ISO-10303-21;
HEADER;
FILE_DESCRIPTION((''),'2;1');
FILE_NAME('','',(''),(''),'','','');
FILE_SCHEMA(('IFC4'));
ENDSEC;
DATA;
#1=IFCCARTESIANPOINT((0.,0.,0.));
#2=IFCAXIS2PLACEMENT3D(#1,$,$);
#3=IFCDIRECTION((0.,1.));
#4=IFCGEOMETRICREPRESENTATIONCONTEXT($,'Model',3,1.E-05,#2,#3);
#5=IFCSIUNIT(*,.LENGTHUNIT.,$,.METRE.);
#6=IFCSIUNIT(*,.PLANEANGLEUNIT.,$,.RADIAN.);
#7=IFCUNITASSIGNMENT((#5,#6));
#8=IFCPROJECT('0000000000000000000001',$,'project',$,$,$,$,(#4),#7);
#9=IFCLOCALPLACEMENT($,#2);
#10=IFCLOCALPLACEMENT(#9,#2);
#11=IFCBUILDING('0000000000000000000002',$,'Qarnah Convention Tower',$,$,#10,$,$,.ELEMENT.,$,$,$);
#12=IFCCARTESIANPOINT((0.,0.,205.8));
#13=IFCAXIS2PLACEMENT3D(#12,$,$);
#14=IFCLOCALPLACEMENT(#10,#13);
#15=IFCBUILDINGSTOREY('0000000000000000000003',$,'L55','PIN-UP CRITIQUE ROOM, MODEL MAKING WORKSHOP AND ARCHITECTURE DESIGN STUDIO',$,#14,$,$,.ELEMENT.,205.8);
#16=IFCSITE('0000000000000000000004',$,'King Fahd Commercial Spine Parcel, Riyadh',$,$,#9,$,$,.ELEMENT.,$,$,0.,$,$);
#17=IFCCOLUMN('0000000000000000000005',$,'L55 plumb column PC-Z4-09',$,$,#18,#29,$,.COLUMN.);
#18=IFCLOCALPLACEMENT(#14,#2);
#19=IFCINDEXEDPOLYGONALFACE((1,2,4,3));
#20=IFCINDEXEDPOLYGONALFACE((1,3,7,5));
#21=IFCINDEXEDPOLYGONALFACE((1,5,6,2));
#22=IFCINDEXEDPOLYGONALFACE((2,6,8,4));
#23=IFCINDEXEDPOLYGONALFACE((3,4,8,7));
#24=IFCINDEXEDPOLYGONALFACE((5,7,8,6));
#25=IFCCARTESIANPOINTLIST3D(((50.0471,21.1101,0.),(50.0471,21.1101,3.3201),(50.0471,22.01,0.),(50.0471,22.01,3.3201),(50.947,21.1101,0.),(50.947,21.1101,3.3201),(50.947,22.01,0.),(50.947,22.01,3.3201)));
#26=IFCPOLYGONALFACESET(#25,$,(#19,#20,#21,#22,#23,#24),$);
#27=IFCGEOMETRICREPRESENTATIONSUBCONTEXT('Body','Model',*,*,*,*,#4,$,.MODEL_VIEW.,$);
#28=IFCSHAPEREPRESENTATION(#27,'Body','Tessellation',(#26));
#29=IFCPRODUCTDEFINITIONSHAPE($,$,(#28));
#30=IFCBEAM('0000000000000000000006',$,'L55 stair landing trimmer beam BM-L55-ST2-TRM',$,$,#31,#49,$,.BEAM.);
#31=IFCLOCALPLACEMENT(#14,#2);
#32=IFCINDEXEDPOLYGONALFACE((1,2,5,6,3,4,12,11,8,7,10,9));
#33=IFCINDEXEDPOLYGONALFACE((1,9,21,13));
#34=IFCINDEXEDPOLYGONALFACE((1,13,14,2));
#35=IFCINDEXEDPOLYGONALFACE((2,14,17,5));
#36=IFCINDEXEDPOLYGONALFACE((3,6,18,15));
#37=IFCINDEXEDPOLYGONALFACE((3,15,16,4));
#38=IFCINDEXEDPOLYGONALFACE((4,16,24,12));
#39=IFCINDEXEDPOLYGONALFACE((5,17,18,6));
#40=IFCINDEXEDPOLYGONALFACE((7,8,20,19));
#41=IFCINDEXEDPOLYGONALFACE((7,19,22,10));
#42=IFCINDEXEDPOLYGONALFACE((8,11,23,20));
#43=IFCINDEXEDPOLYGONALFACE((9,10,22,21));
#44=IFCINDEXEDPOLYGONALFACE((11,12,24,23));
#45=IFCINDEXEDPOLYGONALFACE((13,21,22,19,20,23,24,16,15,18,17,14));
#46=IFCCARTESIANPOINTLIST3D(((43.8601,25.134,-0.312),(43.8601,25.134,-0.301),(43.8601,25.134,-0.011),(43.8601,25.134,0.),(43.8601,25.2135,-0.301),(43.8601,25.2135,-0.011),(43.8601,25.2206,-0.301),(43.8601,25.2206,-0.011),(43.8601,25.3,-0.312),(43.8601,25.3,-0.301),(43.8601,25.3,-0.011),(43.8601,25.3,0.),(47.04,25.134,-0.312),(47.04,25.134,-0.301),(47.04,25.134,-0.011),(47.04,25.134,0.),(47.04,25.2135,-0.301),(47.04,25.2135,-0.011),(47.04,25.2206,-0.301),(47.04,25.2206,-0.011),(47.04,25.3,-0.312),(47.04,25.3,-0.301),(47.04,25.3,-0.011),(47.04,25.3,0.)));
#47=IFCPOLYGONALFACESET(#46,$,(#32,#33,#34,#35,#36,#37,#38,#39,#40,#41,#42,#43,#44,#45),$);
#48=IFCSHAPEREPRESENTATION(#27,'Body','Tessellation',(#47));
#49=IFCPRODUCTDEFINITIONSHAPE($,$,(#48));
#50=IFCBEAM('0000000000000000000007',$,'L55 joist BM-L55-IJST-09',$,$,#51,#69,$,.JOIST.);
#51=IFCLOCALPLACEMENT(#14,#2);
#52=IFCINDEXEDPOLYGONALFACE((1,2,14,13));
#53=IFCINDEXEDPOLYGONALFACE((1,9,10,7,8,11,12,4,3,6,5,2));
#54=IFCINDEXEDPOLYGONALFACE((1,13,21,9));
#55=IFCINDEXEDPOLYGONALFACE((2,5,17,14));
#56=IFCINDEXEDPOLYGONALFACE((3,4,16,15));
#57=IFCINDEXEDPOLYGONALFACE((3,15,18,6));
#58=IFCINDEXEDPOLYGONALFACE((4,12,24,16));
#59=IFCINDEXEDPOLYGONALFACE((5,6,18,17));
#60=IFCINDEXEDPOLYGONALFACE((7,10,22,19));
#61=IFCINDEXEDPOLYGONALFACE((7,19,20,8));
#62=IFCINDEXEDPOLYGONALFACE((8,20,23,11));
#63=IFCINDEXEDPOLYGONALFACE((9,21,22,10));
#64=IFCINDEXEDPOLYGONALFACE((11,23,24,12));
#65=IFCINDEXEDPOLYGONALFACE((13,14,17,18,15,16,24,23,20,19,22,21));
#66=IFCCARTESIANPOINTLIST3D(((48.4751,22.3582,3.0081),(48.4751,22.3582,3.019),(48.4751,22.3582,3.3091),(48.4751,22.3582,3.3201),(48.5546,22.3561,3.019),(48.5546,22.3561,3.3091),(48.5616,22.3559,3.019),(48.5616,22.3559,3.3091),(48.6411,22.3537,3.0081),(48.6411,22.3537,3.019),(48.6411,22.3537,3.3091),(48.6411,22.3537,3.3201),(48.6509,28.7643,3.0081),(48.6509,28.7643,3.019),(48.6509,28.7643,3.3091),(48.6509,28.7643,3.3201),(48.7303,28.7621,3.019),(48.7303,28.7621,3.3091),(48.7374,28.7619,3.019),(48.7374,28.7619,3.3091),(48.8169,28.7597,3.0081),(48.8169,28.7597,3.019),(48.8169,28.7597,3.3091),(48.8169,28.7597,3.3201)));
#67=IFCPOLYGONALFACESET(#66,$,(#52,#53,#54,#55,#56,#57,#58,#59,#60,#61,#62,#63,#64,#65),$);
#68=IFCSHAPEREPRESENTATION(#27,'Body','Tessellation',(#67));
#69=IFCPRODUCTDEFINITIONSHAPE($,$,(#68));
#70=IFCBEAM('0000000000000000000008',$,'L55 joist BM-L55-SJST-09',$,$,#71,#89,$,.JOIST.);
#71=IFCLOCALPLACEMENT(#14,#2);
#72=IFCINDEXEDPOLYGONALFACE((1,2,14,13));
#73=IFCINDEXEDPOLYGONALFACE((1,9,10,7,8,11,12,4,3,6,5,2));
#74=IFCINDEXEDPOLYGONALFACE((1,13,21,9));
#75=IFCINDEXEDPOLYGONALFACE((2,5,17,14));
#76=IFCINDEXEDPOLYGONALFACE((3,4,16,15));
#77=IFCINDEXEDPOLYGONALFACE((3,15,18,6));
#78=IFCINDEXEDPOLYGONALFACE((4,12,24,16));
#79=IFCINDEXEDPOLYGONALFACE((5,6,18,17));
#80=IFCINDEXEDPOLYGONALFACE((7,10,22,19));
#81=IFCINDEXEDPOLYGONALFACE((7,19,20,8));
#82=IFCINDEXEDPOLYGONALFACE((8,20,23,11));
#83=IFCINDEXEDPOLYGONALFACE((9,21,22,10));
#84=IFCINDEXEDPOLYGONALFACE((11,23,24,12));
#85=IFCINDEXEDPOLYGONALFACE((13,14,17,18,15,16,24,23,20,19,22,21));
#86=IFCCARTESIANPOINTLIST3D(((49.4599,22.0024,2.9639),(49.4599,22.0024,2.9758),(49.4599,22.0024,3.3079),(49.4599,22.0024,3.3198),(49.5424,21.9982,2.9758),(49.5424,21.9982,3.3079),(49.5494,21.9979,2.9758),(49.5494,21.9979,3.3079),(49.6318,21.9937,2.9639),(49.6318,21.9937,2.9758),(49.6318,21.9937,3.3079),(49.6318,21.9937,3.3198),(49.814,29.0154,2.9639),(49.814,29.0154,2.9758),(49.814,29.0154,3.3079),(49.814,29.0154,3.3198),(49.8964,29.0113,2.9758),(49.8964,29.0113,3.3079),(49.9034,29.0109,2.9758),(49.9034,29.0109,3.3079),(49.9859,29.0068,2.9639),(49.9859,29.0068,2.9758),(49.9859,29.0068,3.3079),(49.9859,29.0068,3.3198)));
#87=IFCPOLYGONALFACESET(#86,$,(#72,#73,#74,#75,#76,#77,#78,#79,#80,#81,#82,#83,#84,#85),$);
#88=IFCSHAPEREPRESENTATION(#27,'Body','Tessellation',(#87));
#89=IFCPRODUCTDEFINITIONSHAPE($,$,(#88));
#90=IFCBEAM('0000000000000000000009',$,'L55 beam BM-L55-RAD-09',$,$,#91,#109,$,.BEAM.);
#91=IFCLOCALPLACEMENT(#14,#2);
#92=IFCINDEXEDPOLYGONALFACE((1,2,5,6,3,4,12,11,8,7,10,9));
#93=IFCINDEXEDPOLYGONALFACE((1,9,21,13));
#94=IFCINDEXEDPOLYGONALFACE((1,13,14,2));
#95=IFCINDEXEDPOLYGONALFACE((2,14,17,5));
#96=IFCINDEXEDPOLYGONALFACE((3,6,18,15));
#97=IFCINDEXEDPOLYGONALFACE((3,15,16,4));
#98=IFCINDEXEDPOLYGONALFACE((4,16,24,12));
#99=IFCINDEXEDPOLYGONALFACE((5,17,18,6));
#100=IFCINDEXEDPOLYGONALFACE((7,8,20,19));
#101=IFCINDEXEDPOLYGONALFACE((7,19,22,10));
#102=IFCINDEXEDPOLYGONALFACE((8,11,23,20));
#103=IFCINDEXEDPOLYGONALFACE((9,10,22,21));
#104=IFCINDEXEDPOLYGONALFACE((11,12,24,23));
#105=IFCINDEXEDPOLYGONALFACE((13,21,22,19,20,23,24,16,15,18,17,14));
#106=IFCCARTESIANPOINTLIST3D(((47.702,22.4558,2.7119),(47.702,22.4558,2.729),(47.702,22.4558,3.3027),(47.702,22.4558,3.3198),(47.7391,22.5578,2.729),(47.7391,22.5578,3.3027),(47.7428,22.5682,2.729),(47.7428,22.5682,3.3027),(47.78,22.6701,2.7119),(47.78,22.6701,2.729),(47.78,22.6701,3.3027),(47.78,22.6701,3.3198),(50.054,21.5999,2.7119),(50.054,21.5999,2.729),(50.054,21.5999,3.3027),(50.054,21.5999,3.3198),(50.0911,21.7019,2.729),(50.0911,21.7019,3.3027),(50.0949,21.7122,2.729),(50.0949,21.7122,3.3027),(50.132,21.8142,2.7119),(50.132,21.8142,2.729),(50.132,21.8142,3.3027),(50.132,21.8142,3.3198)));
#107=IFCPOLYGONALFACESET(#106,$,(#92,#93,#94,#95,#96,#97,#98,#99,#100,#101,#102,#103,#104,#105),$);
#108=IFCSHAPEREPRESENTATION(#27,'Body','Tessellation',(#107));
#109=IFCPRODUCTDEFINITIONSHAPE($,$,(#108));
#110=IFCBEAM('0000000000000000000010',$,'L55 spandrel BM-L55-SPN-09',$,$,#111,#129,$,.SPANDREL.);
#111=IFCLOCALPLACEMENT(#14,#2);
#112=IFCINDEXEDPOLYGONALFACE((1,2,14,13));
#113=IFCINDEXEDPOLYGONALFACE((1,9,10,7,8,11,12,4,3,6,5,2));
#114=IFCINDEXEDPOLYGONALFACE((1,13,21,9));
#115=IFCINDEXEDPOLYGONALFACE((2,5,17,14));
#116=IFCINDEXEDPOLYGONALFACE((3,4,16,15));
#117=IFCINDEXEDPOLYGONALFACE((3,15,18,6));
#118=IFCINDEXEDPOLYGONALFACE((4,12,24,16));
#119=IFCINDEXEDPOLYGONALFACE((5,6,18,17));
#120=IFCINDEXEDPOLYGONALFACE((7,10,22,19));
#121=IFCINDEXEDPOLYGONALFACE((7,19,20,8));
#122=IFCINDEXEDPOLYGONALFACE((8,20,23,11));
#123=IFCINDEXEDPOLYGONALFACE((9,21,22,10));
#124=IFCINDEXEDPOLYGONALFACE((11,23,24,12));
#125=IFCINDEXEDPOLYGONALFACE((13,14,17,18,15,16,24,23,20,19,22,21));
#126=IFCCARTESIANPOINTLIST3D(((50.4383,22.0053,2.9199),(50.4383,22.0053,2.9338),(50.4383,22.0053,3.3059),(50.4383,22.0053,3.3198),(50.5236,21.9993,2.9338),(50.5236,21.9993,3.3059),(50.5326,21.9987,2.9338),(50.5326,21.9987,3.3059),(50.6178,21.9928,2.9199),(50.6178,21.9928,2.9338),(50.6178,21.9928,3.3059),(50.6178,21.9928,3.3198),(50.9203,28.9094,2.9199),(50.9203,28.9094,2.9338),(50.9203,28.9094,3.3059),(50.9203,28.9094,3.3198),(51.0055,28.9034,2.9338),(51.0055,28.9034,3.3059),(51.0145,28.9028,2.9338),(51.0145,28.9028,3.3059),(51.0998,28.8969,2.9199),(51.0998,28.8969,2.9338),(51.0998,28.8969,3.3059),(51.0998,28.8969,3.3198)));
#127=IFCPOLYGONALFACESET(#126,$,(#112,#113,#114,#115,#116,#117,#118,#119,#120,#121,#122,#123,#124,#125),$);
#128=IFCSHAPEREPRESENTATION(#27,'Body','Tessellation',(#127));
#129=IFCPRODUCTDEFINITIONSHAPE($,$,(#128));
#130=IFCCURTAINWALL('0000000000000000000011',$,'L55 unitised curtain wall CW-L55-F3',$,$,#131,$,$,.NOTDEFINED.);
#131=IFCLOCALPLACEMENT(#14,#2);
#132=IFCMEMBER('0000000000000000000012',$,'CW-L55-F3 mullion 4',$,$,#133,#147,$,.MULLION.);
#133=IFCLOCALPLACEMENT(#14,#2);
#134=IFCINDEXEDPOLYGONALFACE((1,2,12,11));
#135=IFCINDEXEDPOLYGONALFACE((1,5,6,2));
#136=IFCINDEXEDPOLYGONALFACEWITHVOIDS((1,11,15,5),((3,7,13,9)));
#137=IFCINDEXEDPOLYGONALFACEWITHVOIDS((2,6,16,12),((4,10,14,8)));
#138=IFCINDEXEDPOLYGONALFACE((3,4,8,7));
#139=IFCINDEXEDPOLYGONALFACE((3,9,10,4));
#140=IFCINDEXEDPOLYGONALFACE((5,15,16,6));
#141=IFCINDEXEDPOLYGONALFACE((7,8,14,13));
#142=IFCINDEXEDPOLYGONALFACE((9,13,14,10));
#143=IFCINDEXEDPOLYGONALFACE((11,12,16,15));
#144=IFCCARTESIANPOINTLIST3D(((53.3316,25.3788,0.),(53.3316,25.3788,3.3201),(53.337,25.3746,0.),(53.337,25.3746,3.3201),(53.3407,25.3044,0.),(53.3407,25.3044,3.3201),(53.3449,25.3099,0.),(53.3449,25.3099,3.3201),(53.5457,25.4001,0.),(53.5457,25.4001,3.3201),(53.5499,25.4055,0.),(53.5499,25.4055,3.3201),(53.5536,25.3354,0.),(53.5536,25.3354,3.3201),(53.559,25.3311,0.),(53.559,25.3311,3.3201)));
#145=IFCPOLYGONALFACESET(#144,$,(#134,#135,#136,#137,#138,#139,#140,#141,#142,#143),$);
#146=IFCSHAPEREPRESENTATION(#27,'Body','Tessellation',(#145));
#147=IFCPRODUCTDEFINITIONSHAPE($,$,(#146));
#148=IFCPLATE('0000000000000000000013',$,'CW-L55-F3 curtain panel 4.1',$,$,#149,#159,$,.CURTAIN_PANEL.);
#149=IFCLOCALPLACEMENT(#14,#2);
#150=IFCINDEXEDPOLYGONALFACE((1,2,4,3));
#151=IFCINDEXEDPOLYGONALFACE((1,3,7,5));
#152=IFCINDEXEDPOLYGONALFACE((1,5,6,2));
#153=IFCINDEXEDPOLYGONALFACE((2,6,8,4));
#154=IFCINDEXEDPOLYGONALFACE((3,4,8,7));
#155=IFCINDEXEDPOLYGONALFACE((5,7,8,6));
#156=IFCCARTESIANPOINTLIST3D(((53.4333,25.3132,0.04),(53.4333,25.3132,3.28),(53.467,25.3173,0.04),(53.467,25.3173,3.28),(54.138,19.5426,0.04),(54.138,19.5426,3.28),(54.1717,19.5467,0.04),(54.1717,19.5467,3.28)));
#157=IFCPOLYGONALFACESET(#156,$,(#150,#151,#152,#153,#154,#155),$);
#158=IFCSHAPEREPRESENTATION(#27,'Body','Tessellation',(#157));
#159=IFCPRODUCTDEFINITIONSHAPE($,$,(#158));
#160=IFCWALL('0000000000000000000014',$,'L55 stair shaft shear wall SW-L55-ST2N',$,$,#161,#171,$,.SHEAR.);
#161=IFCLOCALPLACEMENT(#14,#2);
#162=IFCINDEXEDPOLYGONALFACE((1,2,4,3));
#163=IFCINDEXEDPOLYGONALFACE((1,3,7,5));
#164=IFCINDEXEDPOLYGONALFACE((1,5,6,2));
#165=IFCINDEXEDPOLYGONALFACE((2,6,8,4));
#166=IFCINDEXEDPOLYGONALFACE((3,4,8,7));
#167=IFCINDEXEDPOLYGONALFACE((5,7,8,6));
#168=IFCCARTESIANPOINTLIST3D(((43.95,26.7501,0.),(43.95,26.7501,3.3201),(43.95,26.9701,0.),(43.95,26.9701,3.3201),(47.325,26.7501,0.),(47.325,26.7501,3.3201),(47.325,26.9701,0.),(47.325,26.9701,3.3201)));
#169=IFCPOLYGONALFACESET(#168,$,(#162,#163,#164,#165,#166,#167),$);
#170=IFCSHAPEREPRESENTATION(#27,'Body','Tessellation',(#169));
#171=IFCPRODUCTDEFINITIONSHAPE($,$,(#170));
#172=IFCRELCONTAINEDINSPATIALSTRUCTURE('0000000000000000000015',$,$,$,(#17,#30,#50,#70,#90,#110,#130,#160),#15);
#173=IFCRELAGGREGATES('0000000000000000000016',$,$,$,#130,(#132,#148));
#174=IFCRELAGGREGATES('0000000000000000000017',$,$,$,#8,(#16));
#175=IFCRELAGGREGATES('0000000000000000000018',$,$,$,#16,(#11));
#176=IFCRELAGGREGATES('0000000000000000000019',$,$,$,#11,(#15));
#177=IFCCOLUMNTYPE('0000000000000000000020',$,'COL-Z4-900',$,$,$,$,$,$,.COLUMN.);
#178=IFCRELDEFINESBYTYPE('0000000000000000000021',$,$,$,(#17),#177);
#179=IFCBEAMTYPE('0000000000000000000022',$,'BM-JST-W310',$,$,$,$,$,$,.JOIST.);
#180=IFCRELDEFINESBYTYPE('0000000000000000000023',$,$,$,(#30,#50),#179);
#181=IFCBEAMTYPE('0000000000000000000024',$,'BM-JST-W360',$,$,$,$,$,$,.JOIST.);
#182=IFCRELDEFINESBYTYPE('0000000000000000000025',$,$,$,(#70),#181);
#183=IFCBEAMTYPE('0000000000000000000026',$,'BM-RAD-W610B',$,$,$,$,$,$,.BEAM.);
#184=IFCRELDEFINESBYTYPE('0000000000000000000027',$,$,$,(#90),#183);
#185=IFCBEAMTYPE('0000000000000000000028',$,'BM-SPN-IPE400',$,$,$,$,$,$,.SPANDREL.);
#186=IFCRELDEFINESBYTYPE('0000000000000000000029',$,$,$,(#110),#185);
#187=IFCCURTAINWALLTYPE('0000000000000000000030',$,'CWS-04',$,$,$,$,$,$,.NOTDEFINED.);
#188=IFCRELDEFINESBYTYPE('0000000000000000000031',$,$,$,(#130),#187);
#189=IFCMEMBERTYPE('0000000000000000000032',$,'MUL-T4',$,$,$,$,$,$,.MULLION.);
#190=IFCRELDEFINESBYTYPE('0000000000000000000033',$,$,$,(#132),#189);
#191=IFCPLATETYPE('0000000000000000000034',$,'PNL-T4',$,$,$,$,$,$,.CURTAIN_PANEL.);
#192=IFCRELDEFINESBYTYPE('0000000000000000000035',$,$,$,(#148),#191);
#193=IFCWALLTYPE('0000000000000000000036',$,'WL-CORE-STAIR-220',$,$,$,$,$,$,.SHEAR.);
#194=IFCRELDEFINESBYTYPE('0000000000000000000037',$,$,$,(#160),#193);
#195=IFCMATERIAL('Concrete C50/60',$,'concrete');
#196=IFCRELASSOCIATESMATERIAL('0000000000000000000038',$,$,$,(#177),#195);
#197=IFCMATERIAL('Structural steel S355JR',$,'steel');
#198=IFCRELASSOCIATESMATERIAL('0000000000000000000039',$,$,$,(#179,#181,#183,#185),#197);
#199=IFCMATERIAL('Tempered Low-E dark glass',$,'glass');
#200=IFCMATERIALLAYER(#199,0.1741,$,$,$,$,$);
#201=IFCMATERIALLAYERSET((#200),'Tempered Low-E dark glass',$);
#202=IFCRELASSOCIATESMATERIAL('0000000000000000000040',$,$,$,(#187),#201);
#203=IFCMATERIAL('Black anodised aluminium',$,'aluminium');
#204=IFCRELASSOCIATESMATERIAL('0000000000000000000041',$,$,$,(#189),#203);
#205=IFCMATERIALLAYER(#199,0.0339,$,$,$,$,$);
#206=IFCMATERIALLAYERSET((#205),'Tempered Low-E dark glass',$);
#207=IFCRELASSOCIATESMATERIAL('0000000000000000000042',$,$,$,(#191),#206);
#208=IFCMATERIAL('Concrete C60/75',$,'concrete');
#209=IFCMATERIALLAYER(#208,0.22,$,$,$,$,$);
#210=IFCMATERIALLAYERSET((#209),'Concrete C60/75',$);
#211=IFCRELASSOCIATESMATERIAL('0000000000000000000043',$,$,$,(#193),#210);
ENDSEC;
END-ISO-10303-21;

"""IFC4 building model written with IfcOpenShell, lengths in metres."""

from ifc_helpers import new_model, si_unit, direction, frame, frame_2d, origin, origin_2d, place, context, subcontext, project, spatial, rectangle, hollow_rectangle, i_section, extrude, material, layer, layer_set, material_profile, profile_set, type_object, element, aggregate, save


model = new_model("IFC4")

# Units and contexts
model_context = context("Model", 3, precision=1e-05, world=origin(), true_north=direction((0.0, 1.0)))
body_context = subcontext(model_context, "Body", "Model", "MODEL_VIEW")
ifc_project = project(units=[si_unit("LENGTHUNIT", "METRE"), si_unit("PLANEANGLEUNIT", "RADIAN")], contexts=[model_context])

# Site, building, storey
site_placement = place(None, origin())
site = spatial("IfcSite", under=ifc_project, at=site_placement, Name="King Fahd Commercial Spine Parcel, Riyadh", CompositionType="ELEMENT", RefElevation=0.0)
building_placement = place(site_placement, origin())
building = spatial("IfcBuilding", under=site, at=building_placement, Name="Qarnah Convention Tower", CompositionType="ELEMENT")
storey_placement = place(building_placement, frame((0.0, 0.0, 205.8)))
storey = spatial("IfcBuildingStorey", under=building, at=storey_placement, Name="L55", Description="PIN-UP CRITIQUE ROOM, MODEL MAKING WORKSHOP AND ARCHITECTURE DESIGN STUDIO", CompositionType="ELEMENT", Elevation=205.8)

# Column
ifc_material_1 = material(Name="Concrete C50/60", Category="concrete")
ifc_material_profile_1 = material_profile(ifc_material_1, rectangle(XDim=0.8999, YDim=0.8999, at=origin_2d()), Name="RC-COL-900X900")
ifc_profile_set_1 = profile_set([ifc_material_profile_1], Name="Concrete C50/60")
column_type = type_object("IfcColumnType", Name="COL-Z4-900", PredefinedType="COLUMN", material=ifc_profile_set_1)
column_placement = place(storey_placement, frame((50.4971, 21.5601, 0.0), z_axis=(0.0, 0.0, 1.0), x_axis=(1.0, 0.0, 0.0)))
element("IfcColumn", 1, at=column_placement, inside=storey, type_object=column_type, Name="L55 plumb column PC-Z4-09", PredefinedType="COLUMN", context=body_context, shape_type="SweptSolid", body=[
    extrude(rectangle(XDim=0.8999, YDim=0.8999, at=origin_2d()), origin(), (0.0, 0.0, 1.0), 3.3201),
])

# Beams
ifc_material_2 = material(Name="Structural steel S355JR", Category="steel")
ifc_material_profile_2 = material_profile(ifc_material_2, i_section(OverallWidth=0.166, OverallDepth=0.312, WebThickness=0.0071, FlangeThickness=0.011, at=origin_2d()), Name="W310X45")
ifc_profile_set_2 = profile_set([ifc_material_profile_2], Name="Structural steel S355JR")
beam_type_1 = type_object("IfcBeamType", Name="BM-JST-W310", PredefinedType="JOIST", material=ifc_profile_set_2)
beam_1_placement = place(storey_placement, frame((43.8601, 25.217, -0.156), z_axis=(1.0, 0.0, 0.0), x_axis=(0.0, 1.0, 0.0)))
element("IfcBeam", 2, at=beam_1_placement, inside=storey, type_object=beam_type_1, Name="L55 stair landing trimmer beam BM-L55-ST2-TRM", PredefinedType="BEAM", context=body_context, shape_type="SweptSolid", body=[
    extrude(i_section(OverallWidth=0.166, OverallDepth=0.312, WebThickness=0.0071, FlangeThickness=0.011, at=origin_2d()), origin(), (0.0, 0.0, 1.0), 3.1799),
])
beam_2_placement = place(storey_placement, frame((48.5581, 22.356, 3.1641), z_axis=(0.02743, 0.999624, 0.0), x_axis=(-0.999624, 0.02743, 0.0)))
element("IfcBeam", 3, at=beam_2_placement, inside=storey, type_object=beam_type_1, Name="L55 joist BM-L55-IJST-09", PredefinedType="JOIST", context=body_context, shape_type="SweptSolid", body=[
    extrude(i_section(OverallWidth=0.166, OverallDepth=0.312, WebThickness=0.0071, FlangeThickness=0.011, at=origin_2d()), origin(), (0.0, 0.0, 1.0), 6.4084),
])
ifc_material_profile_3 = material_profile(ifc_material_2, i_section(OverallWidth=0.1721, OverallDepth=0.356, WebThickness=0.0071, FlangeThickness=0.012, at=origin_2d()), Name="W360X51")
ifc_profile_set_3 = profile_set([ifc_material_profile_3], Name="Structural steel S355JR")
beam_type_2 = type_object("IfcBeamType", Name="BM-JST-W360", PredefinedType="JOIST", material=ifc_profile_set_3)
beam_3_placement = place(storey_placement, frame((49.5459, 21.998, 3.1418), z_axis=(0.050414, 0.998728, 0.0), x_axis=(-0.998728, 0.050414, 0.0)))
element("IfcBeam", 4, at=beam_3_placement, inside=storey, type_object=beam_type_2, Name="L55 joist BM-L55-SJST-09", PredefinedType="JOIST", context=body_context, shape_type="SweptSolid", body=[
    extrude(i_section(OverallWidth=0.1721, OverallDepth=0.356, WebThickness=0.0071, FlangeThickness=0.012, at=origin_2d()), origin(), (0.0, 0.0, 1.0), 7.022),
])
ifc_material_profile_4 = material_profile(ifc_material_2, i_section(OverallWidth=0.228, OverallDepth=0.6079, WebThickness=0.011, FlangeThickness=0.0171, at=origin_2d()), Name="W610X113")
ifc_profile_set_4 = profile_set([ifc_material_profile_4], Name="Structural steel S355JR")
beam_type_3 = type_object("IfcBeamType", Name="BM-RAD-W610B", PredefinedType="BEAM", material=ifc_profile_set_4)
beam_4_placement = place(storey_placement, frame((47.741, 22.563, 3.0159), z_axis=(0.939708, -0.341978, 0.0), x_axis=(0.341978, 0.939708, 0.0)))
element("IfcBeam", 5, at=beam_4_placement, inside=storey, type_object=beam_type_3, Name="L55 beam BM-L55-RAD-09", PredefinedType="BEAM", context=body_context, shape_type="SweptSolid", body=[
    extrude(i_section(OverallWidth=0.228, OverallDepth=0.6079, WebThickness=0.011, FlangeThickness=0.0171, at=origin_2d()), origin(), (0.0, 0.0, 1.0), 2.5029),
])
ifc_material_profile_5 = material_profile(ifc_material_2, i_section(OverallWidth=0.1799, OverallDepth=0.3999, WebThickness=0.009, FlangeThickness=0.0139, at=origin_2d()), Name="IPE400")
ifc_profile_set_5 = profile_set([ifc_material_profile_5], Name="Structural steel S355JR")
beam_type_4 = type_object("IfcBeamType", Name="BM-SPN-IPE400", PredefinedType="SPANDREL", material=ifc_profile_set_5)
beam_5_placement = place(storey_placement, frame((50.5281, 21.999, 3.1199), z_axis=(0.069635, 0.997573, 0.0), x_axis=(-0.997573, 0.069635, 0.0)))
element("IfcBeam", 6, at=beam_5_placement, inside=storey, type_object=beam_type_4, Name="L55 spandrel BM-L55-SPN-09", PredefinedType="SPANDREL", context=body_context, shape_type="SweptSolid", body=[
    extrude(i_section(OverallWidth=0.1799, OverallDepth=0.3999, WebThickness=0.009, FlangeThickness=0.0139, at=origin_2d()), origin(), (0.0, 0.0, 1.0), 6.9209),
])

# Curtain wall, member, plate
ifc_material_3 = material(Name="Tempered Low-E dark glass", Category="glass")
ifc_layer_1 = layer(ifc_material_3, 0.1741)
ifc_layer_set_1 = layer_set([ifc_layer_1], Name="Tempered Low-E dark glass")
curtain_wall_type = type_object("IfcCurtainWallType", Name="CWS-04", PredefinedType="NOTDEFINED", material=ifc_layer_set_1)
curtain_wall_placement = place(storey_placement, origin())
curtain_wall = element("IfcCurtainWall", 7, at=curtain_wall_placement, inside=storey, type_object=curtain_wall_type, Name="L55 unitised curtain wall CW-L55-F3", PredefinedType="NOTDEFINED")
ifc_material_4 = material(Name="Black anodised aluminium", Category="aluminium")
ifc_material_profile_6 = material_profile(ifc_material_4, hollow_rectangle(XDim=0.075, YDim=0.22, WallThickness=0.0049, at=origin_2d()), Name="MUL-75X220")
ifc_profile_set_6 = profile_set([ifc_material_profile_6], Name="Black anodised aluminium")
member_type = type_object("IfcMemberType", Name="MUL-T4", PredefinedType="MULLION", material=ifc_profile_set_6)
member_placement = place(storey_placement, frame((53.4453, 25.355, 0.0), z_axis=(0.0, 0.0, 1.0), x_axis=(0.121219, -0.992626, 0.0)))
member = element("IfcMember", 8, at=member_placement, type_object=member_type, Name="CW-L55-F3 mullion 4", PredefinedType="MULLION", context=body_context, shape_type="SweptSolid", body=[
    extrude(hollow_rectangle(XDim=0.075, YDim=0.22, WallThickness=0.0049, at=origin_2d()), origin(), (0.0, 0.0, 1.0), 3.3201),
])
ifc_layer_2 = layer(ifc_material_3, 0.0339)
ifc_layer_set_2 = layer_set([ifc_layer_2], Name="Tempered Low-E dark glass")
plate_type = type_object("IfcPlateType", Name="PNL-T4", PredefinedType="CURTAIN_PANEL", material=ifc_layer_set_2)
plate_placement = place(storey_placement, frame((53.8025, 22.4299, 0.04), z_axis=(0.0, 0.0, 1.0), x_axis=(0.121219, -0.992626, 0.0)))
plate = element("IfcPlate", 9, at=plate_placement, type_object=plate_type, Name="CW-L55-F3 curtain panel 4.1", PredefinedType="CURTAIN_PANEL", context=body_context, shape_type="SweptSolid", body=[
    extrude(rectangle(XDim=5.8135, YDim=0.0339, at=origin_2d()), origin(), (0.0, 0.0, 1.0), 3.24),
])
aggregate(curtain_wall, [member, plate])

# Wall
ifc_material_5 = material(Name="Concrete C60/75", Category="concrete")
ifc_layer_3 = layer(ifc_material_5, 0.22)
ifc_layer_set_3 = layer_set([ifc_layer_3], Name="Concrete C60/75")
wall_type_1 = type_object("IfcWallType", Name="WL-CORE-STAIR-220", PredefinedType="SHEAR", material=ifc_layer_set_3)
wall_1_placement = place(storey_placement, frame((43.95, 26.8601, 0.0), z_axis=(0.0, 0.0, 1.0), x_axis=(1.0, 0.0, 0.0)))
element("IfcWall", 10, at=wall_1_placement, inside=storey, type_object=wall_type_1, Name="L55 stair shaft shear wall SW-L55-ST2N", PredefinedType="SHEAR", context=body_context, shape_type="SweptSolid", body=[
    extrude(rectangle(XDim=3.375, YDim=0.22, at=frame_2d((1.6875, 0.0))), origin(), (0.0, 0.0, 1.0), 3.3201),
])

save(model, "model.ifc")
